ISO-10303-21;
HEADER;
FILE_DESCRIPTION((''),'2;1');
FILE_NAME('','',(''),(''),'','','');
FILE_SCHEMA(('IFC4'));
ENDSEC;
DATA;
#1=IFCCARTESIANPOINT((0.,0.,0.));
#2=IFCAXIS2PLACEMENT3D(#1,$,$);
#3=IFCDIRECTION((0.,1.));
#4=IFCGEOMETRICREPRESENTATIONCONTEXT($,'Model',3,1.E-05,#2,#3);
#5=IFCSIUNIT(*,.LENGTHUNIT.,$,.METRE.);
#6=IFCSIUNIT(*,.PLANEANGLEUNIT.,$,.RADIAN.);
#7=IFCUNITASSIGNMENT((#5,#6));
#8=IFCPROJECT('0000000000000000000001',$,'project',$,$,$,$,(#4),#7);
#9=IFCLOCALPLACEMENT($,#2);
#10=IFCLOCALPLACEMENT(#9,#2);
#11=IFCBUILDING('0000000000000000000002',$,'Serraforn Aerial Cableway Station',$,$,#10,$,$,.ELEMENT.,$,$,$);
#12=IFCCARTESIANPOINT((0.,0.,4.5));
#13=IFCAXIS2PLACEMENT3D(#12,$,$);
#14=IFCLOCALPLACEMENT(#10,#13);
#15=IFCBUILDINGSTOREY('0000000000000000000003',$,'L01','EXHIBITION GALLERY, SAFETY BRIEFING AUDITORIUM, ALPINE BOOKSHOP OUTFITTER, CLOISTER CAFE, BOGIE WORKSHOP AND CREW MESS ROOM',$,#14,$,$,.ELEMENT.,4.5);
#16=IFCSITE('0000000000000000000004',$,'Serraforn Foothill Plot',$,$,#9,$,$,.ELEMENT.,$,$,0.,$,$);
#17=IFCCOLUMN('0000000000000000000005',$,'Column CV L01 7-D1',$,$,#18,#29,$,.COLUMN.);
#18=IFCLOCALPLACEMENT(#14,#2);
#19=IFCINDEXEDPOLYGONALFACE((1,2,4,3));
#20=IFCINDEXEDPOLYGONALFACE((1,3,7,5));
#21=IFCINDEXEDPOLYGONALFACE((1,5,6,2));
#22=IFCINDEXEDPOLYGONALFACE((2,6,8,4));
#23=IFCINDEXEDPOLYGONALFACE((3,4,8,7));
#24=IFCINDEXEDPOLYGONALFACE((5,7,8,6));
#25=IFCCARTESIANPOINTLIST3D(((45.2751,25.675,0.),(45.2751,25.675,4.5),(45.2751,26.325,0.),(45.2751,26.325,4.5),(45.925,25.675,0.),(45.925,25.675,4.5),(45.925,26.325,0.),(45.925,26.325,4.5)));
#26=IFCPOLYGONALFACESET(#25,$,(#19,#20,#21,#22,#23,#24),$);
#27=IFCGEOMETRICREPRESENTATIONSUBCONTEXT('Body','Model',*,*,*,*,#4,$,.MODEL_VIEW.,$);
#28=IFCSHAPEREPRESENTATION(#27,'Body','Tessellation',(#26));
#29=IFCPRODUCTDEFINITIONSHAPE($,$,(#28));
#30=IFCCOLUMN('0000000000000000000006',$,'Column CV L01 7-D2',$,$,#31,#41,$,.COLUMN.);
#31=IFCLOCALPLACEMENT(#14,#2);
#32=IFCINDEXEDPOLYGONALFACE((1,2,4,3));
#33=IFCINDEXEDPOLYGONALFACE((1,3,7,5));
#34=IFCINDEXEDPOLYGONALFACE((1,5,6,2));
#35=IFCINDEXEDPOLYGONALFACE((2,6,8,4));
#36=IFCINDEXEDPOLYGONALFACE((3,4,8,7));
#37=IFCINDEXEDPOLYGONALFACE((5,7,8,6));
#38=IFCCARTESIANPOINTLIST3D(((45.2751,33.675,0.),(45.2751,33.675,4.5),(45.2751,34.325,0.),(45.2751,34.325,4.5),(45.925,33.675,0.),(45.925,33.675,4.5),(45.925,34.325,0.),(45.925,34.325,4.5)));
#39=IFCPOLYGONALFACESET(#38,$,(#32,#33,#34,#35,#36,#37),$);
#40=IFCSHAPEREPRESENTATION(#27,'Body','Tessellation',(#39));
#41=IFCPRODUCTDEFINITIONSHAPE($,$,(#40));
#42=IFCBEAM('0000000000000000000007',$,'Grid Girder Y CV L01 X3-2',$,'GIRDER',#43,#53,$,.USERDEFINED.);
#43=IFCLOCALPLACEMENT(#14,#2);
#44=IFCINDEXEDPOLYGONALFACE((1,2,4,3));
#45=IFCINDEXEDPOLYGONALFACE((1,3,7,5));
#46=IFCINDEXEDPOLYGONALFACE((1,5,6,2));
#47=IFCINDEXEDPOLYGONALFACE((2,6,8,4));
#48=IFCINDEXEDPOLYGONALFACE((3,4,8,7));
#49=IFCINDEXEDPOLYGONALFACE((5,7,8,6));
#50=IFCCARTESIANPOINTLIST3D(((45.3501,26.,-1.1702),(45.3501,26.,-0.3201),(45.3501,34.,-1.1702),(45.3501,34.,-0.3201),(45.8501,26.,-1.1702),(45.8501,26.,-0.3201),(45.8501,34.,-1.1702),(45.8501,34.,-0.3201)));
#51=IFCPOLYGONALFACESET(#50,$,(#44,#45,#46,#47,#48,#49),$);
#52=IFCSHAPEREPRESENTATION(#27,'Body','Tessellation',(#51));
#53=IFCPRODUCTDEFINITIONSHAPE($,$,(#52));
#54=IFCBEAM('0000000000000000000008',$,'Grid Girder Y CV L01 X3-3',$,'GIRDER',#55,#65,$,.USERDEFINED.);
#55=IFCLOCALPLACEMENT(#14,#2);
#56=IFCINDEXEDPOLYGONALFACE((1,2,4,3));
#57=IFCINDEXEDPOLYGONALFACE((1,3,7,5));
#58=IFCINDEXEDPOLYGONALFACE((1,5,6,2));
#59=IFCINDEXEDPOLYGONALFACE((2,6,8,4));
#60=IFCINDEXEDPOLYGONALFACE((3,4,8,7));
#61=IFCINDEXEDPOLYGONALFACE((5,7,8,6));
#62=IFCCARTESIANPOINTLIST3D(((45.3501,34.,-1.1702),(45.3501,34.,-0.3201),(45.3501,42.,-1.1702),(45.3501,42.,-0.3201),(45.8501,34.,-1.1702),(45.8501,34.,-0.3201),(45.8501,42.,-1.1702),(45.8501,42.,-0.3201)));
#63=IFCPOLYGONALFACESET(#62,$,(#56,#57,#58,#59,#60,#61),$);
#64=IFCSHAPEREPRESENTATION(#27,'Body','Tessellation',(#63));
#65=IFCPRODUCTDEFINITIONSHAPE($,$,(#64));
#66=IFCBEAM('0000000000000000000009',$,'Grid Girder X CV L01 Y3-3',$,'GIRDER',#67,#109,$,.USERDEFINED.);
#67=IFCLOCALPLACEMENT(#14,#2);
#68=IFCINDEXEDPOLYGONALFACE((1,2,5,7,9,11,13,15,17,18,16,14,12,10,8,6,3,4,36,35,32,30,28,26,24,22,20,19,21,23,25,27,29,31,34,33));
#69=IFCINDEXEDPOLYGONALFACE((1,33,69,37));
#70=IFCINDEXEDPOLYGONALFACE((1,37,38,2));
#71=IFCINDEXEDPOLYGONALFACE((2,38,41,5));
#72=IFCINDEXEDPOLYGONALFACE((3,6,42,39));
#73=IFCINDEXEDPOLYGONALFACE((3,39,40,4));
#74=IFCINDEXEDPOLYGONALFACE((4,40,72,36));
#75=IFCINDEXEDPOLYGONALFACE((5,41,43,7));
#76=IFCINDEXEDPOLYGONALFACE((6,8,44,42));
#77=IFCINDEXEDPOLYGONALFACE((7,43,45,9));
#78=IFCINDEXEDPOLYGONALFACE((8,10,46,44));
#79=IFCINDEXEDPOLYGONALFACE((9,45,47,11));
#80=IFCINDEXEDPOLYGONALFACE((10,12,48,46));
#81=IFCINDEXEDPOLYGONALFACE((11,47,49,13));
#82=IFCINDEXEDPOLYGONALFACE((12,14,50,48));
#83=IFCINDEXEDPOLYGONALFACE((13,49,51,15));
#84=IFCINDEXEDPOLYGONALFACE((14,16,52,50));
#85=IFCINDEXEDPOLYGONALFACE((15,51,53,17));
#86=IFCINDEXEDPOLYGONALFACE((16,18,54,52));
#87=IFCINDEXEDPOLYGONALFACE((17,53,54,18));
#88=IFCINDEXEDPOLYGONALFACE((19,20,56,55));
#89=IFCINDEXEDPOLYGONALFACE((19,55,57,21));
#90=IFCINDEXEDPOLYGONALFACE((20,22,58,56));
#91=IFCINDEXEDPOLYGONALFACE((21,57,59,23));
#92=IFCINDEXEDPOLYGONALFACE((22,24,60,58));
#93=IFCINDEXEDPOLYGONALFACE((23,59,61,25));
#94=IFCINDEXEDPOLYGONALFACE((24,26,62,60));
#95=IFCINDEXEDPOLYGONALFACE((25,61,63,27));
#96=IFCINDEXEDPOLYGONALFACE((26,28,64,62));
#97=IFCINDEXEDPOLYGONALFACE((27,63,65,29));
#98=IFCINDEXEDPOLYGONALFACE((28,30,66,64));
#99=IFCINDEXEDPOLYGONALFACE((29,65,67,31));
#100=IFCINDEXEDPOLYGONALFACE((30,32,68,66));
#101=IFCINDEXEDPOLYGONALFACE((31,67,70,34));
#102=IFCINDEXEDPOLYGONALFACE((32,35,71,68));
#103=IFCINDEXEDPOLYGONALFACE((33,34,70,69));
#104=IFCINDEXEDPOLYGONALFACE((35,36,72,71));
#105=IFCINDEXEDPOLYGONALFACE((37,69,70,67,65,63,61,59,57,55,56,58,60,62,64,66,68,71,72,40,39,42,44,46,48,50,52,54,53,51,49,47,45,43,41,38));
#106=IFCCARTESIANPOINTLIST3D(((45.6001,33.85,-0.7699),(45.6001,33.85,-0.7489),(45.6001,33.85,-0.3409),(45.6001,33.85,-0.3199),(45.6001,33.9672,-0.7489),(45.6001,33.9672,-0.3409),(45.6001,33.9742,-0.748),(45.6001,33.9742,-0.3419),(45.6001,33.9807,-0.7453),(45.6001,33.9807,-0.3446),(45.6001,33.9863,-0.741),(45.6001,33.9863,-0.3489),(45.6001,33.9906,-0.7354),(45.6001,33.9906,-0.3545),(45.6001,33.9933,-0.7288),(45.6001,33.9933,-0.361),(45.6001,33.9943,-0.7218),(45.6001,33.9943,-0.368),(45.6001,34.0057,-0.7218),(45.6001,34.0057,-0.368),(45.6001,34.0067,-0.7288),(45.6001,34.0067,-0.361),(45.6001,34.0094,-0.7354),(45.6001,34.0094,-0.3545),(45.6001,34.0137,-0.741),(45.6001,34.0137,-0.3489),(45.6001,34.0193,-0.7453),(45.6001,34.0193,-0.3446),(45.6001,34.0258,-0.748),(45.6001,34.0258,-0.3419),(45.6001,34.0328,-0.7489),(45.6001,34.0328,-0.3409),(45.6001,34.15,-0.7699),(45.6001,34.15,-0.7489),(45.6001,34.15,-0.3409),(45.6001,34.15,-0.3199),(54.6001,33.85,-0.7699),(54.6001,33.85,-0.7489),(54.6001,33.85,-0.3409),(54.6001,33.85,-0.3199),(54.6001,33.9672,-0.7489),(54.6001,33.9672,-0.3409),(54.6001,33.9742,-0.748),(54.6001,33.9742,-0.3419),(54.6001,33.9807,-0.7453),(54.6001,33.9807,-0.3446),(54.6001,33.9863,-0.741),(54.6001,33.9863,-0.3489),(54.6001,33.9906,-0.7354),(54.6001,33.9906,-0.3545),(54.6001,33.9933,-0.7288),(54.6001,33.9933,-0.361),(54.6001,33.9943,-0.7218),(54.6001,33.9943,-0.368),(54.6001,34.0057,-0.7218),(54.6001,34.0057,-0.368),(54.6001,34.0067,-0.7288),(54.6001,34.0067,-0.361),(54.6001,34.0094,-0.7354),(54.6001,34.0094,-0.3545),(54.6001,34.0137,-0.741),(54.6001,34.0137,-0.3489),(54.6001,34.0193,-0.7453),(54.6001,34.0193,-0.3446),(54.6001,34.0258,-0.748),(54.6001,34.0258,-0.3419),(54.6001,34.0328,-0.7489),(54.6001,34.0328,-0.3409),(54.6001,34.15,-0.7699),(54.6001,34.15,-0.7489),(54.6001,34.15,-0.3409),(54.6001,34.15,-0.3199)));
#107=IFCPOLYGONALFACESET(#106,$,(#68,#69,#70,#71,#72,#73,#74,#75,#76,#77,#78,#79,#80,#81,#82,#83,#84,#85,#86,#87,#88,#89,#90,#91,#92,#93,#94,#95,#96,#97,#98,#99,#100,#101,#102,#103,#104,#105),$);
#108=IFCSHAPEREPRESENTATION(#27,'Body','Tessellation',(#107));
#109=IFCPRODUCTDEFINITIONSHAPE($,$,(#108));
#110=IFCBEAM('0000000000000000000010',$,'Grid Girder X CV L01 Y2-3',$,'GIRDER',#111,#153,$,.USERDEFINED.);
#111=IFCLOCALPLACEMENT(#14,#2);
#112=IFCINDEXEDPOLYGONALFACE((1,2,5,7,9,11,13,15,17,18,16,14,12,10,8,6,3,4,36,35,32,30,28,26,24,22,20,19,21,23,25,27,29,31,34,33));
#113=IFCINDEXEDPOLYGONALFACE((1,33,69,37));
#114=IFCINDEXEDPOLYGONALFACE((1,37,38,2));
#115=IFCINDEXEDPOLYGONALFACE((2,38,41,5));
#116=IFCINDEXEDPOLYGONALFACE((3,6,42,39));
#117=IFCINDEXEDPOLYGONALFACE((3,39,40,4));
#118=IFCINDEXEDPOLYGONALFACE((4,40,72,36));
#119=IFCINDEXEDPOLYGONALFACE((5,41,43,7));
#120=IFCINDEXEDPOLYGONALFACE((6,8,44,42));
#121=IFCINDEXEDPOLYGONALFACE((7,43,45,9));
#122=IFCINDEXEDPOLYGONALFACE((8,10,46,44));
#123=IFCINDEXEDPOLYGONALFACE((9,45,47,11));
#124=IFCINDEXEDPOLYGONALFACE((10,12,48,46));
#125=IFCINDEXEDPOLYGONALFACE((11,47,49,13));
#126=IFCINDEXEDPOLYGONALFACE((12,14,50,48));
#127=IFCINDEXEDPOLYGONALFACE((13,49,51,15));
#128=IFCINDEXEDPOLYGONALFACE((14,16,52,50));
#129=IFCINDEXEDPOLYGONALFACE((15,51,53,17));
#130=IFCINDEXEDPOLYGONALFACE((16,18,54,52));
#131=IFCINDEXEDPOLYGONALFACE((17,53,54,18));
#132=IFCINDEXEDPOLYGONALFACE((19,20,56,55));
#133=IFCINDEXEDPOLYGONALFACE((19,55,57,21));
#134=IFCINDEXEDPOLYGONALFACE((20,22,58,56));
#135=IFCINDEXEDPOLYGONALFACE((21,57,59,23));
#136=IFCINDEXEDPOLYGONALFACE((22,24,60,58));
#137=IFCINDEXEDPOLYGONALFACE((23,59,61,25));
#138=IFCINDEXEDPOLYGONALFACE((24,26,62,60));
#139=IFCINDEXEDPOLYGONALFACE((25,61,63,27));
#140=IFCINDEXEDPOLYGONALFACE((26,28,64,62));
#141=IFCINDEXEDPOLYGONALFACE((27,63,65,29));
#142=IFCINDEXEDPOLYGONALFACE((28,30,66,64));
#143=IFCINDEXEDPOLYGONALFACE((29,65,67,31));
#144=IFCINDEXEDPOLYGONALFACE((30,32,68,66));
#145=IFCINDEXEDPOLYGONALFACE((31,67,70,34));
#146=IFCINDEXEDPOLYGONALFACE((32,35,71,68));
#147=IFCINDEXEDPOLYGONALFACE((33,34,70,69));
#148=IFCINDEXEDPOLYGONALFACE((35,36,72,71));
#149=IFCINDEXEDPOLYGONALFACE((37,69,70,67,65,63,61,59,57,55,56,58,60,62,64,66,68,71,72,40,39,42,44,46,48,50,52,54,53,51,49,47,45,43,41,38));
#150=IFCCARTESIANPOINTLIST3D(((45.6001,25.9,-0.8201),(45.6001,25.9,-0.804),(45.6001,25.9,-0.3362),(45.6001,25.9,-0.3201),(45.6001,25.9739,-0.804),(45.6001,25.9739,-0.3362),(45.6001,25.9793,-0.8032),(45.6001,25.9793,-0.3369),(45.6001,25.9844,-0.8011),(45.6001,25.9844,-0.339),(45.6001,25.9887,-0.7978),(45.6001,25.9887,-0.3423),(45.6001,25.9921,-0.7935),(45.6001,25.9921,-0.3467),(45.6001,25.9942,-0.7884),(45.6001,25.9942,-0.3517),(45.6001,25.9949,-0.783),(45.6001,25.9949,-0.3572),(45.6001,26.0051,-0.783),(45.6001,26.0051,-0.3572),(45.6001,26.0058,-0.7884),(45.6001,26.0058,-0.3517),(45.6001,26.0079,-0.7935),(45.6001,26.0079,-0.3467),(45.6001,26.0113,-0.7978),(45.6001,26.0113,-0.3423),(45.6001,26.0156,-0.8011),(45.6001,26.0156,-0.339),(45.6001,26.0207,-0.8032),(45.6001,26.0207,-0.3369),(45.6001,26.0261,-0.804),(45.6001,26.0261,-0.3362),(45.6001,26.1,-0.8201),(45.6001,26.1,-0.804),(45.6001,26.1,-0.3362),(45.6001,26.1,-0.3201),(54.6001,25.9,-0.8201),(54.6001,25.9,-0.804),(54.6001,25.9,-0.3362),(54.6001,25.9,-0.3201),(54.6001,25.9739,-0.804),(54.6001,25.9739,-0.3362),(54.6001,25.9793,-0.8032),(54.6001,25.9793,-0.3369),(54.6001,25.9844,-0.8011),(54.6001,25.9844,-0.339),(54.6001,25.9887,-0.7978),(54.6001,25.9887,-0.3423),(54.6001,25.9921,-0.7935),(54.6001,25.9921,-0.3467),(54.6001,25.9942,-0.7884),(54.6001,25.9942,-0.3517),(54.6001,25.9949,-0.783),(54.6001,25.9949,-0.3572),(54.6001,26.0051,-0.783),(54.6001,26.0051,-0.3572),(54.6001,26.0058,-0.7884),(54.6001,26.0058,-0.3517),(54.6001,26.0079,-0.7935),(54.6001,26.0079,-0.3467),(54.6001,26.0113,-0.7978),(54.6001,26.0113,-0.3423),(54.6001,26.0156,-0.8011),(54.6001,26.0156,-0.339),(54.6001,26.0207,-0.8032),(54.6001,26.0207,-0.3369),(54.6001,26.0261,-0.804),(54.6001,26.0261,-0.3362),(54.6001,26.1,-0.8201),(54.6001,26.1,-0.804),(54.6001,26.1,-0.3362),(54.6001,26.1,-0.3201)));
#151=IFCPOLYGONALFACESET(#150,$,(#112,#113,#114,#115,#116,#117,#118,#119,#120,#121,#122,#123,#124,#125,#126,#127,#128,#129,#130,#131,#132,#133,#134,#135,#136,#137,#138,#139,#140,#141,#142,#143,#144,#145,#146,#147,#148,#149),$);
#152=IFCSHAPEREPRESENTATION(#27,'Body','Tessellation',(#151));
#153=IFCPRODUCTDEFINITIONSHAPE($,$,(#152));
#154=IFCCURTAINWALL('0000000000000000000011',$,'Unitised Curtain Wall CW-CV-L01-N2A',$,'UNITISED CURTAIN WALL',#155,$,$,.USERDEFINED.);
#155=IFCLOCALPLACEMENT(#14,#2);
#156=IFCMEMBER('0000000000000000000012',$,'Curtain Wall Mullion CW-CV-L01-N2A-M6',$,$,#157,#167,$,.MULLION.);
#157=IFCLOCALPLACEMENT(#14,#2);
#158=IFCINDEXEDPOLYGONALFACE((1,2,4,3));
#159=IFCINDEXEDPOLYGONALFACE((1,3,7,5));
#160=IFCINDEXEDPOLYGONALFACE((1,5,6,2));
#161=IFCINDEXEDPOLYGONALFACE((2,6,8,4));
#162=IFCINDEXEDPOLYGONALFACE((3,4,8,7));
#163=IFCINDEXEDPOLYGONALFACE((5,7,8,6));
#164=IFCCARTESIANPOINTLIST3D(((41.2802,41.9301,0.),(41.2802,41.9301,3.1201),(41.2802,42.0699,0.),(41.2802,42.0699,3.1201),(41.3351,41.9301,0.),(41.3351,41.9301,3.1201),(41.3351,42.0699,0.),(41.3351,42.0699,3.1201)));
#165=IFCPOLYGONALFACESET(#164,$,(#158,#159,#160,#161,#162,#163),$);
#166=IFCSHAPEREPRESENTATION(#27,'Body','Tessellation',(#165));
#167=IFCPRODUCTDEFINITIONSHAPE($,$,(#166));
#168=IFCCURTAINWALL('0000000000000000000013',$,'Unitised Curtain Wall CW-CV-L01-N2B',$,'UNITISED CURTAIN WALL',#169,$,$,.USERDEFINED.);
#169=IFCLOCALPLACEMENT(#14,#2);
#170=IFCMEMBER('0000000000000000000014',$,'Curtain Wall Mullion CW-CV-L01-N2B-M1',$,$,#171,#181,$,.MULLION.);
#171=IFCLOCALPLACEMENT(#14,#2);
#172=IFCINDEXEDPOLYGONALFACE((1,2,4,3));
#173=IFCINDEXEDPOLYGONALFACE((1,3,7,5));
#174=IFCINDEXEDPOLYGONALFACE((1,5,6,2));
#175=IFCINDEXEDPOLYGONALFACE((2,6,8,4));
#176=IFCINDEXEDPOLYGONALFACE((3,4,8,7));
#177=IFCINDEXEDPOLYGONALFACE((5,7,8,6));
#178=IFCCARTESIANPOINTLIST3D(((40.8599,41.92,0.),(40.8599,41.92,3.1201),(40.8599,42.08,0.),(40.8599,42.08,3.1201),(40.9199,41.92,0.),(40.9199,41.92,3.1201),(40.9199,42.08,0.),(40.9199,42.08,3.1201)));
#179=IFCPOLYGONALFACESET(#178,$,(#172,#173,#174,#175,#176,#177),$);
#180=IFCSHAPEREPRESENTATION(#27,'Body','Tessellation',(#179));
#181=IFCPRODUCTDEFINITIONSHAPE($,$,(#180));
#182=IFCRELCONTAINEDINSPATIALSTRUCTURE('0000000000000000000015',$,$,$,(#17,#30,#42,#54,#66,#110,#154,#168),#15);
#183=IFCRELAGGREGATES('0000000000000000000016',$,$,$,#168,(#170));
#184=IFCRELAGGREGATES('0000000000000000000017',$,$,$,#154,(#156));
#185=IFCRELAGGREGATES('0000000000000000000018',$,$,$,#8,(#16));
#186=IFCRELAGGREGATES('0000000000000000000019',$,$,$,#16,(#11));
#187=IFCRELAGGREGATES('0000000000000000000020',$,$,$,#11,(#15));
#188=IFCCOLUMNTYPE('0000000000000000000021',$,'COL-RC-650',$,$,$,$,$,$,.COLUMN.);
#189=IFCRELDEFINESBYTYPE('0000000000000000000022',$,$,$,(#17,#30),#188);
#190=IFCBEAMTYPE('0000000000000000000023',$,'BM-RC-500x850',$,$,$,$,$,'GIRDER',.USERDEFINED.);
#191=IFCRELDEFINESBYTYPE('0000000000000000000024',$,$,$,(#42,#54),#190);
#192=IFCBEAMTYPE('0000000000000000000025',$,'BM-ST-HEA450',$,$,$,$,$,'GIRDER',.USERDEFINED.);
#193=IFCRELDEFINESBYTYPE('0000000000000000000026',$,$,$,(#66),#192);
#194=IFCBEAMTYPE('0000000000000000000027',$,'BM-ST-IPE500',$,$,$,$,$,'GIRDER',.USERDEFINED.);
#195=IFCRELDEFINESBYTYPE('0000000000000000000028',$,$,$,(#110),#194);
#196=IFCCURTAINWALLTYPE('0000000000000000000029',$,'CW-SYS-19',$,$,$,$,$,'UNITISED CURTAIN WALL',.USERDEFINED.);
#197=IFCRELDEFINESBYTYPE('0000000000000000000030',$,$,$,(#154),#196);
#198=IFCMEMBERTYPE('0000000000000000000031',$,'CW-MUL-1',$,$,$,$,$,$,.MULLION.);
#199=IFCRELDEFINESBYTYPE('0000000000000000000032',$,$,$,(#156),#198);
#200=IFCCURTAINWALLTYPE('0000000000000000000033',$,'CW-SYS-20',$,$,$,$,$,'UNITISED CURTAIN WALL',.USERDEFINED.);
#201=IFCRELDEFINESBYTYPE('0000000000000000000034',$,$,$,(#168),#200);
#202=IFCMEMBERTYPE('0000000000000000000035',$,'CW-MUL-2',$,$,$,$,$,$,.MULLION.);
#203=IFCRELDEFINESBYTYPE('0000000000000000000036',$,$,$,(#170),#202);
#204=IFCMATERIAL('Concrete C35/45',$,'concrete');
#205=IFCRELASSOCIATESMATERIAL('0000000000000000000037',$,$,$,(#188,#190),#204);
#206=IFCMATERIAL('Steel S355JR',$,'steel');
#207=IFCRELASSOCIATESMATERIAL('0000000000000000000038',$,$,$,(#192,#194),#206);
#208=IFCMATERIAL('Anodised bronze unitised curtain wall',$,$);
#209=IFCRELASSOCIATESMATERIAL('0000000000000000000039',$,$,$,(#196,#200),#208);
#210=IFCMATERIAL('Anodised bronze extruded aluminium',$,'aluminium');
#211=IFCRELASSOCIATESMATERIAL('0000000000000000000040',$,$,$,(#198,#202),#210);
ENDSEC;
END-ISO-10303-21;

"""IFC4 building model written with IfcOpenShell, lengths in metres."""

from ifc_helpers import new_model, si_unit, direction, frame, origin, origin_2d, place, context, subcontext, project, spatial, rectangle, i_section, extrude, material, material_profile, profile_set, type_object, element, aggregate, save


model = new_model("IFC4")

# Units and contexts
model_context = context("Model", 3, precision=1e-05, world=origin(), true_north=direction((0.0, 1.0)))
body_context = subcontext(model_context, "Body", "Model", "MODEL_VIEW")
ifc_project = project(units=[si_unit("LENGTHUNIT", "METRE"), si_unit("PLANEANGLEUNIT", "RADIAN")], contexts=[model_context])

# Site, building, storey
site_placement = place(None, origin())
site = spatial("IfcSite", under=ifc_project, at=site_placement, Name="Serraforn Foothill Plot", CompositionType="ELEMENT", RefElevation=0.0)
building_placement = place(site_placement, origin())
building = spatial("IfcBuilding", under=site, at=building_placement, Name="Serraforn Aerial Cableway Station", CompositionType="ELEMENT")
storey_placement = place(building_placement, frame((0.0, 0.0, 4.5)))
storey = spatial("IfcBuildingStorey", under=building, at=storey_placement, Name="L01", Description="EXHIBITION GALLERY, SAFETY BRIEFING AUDITORIUM, ALPINE BOOKSHOP OUTFITTER, CLOISTER CAFE, BOGIE WORKSHOP AND CREW MESS ROOM", CompositionType="ELEMENT", Elevation=4.5)

# Columns
ifc_material_1 = material(Name="Concrete C35/45", Category="concrete")
ifc_material_profile_1 = material_profile(ifc_material_1, rectangle(XDim=0.6499, YDim=0.6499, at=origin_2d()), Name="RC 650x650")
ifc_profile_set_1 = profile_set([ifc_material_profile_1], Name="Concrete C35/45")
column_type = type_object("IfcColumnType", Name="COL-RC-650", PredefinedType="COLUMN", material=ifc_profile_set_1)
for number, where, z_axis, x_axis, name in (
    (1, (45.6001, 26.0, 0.0), (0.0, 0.0, 1.0), (1.0, 0.0, 0.0), "Column CV L01 7-D1"),
    (2, (45.6001, 34.0, 0.0), (0.0, 0.0, 1.0), (1.0, 0.0, 0.0), "Column CV L01 7-D2"),
):
    element("IfcColumn", number, at=place(storey_placement, frame(where, z_axis=z_axis, x_axis=x_axis)), inside=storey, type_object=column_type, Name=name, PredefinedType="COLUMN", context=body_context, shape_type="SweptSolid", body=[
        extrude(rectangle(XDim=0.6499, YDim=0.6499, at=origin_2d()), origin(), (0.0, 0.0, 1.0), 4.5),
    ])

# Beams
ifc_material_profile_2 = material_profile(ifc_material_1, rectangle(XDim=0.5, YDim=0.8501, at=origin_2d()), Name="RC 500x850")
ifc_profile_set_2 = profile_set([ifc_material_profile_2], Name="Concrete C35/45")
beam_type_1 = type_object("IfcBeamType", Name="BM-RC-500x850", ElementType="GIRDER", PredefinedType="USERDEFINED", material=ifc_profile_set_2)
for number, where, z_axis, x_axis, name in (
    (3, (45.6001, 26.0, -0.7451), (0.0, 1.0, 0.0), (-1.0, 0.0, 0.0), "Grid Girder Y CV L01 X3-2"),
    (4, (45.6001, 34.0, -0.7451), (0.0, 1.0, 0.0), (-1.0, 0.0, 0.0), "Grid Girder Y CV L01 X3-3"),
):
    element("IfcBeam", number, at=place(storey_placement, frame(where, z_axis=z_axis, x_axis=x_axis)), inside=storey, type_object=beam_type_1, Name=name, ObjectType="GIRDER", PredefinedType="USERDEFINED", context=body_context, shape_type="SweptSolid", body=[
        extrude(rectangle(XDim=0.5, YDim=0.8501, at=origin_2d()), origin(), (0.0, 0.0, 1.0), 8.0),
    ])
ifc_material_2 = material(Name="Steel S355JR", Category="steel")
ifc_material_profile_3 = material_profile(ifc_material_2, i_section(OverallWidth=0.3, OverallDepth=0.45, WebThickness=0.0115, FlangeThickness=0.021, FilletRadius=0.0271, at=origin_2d()), Name="HEA 450")
ifc_profile_set_3 = profile_set([ifc_material_profile_3], Name="Steel S355JR")
beam_type_2 = type_object("IfcBeamType", Name="BM-ST-HEA450", ElementType="GIRDER", PredefinedType="USERDEFINED", material=ifc_profile_set_3)
beam_1_placement = place(storey_placement, frame((45.6001, 34.0, -0.5449), z_axis=(1.0, 0.0, 0.0), x_axis=(0.0, 1.0, 0.0)))
element("IfcBeam", 5, at=beam_1_placement, inside=storey, type_object=beam_type_2, Name="Grid Girder X CV L01 Y3-3", ObjectType="GIRDER", PredefinedType="USERDEFINED", context=body_context, shape_type="SweptSolid", body=[
    extrude(i_section(OverallWidth=0.3, OverallDepth=0.45, WebThickness=0.0115, FlangeThickness=0.021, FilletRadius=0.0271, at=origin_2d()), origin(), (0.0, 0.0, 1.0), 9.0),
])
ifc_material_profile_4 = material_profile(ifc_material_2, i_section(OverallWidth=0.2, OverallDepth=0.5, WebThickness=0.0103, FlangeThickness=0.0161, FilletRadius=0.021, at=origin_2d()), Name="IPE 500")
ifc_profile_set_4 = profile_set([ifc_material_profile_4], Name="Steel S355JR")
beam_type_3 = type_object("IfcBeamType", Name="BM-ST-IPE500", ElementType="GIRDER", PredefinedType="USERDEFINED", material=ifc_profile_set_4)
beam_2_placement = place(storey_placement, frame((45.6001, 26.0, -0.5701), z_axis=(1.0, 0.0, 0.0), x_axis=(0.0, 1.0, 0.0)))
element("IfcBeam", 6, at=beam_2_placement, inside=storey, type_object=beam_type_3, Name="Grid Girder X CV L01 Y2-3", ObjectType="GIRDER", PredefinedType="USERDEFINED", context=body_context, shape_type="SweptSolid", body=[
    extrude(i_section(OverallWidth=0.2, OverallDepth=0.5, WebThickness=0.0103, FlangeThickness=0.0161, FilletRadius=0.021, at=origin_2d()), origin(), (0.0, 0.0, 1.0), 9.0),
])

# Curtain walls, members
ifc_material_3 = material(Name="Anodised bronze unitised curtain wall")
curtain_wall_type_1 = type_object("IfcCurtainWallType", Name="CW-SYS-19", ElementType="UNITISED CURTAIN WALL", PredefinedType="USERDEFINED", material=ifc_material_3)
curtain_wall_1_placement = place(storey_placement, origin())
curtain_wall_1 = element("IfcCurtainWall", 7, at=curtain_wall_1_placement, inside=storey, type_object=curtain_wall_type_1, Name="Unitised Curtain Wall CW-CV-L01-N2A", ObjectType="UNITISED CURTAIN WALL", PredefinedType="USERDEFINED")
ifc_material_4 = material(Name="Anodised bronze extruded aluminium", Category="aluminium")
ifc_material_profile_5 = material_profile(ifc_material_4, rectangle(XDim=0.0549, YDim=0.1399, at=origin_2d()), Name="CW MULLION 55x140")
ifc_profile_set_5 = profile_set([ifc_material_profile_5], Name="Anodised bronze extruded aluminium")
member_type_1 = type_object("IfcMemberType", Name="CW-MUL-1", PredefinedType="MULLION", material=ifc_profile_set_5)
member_1_placement = place(storey_placement, frame((41.3076, 42.0, 0.0), z_axis=(0.0, 0.0, 1.0), x_axis=(-1.0, 0.0, 0.0)))
member_1 = element("IfcMember", 8, at=member_1_placement, type_object=member_type_1, Name="Curtain Wall Mullion CW-CV-L01-N2A-M6", PredefinedType="MULLION", context=body_context, shape_type="SweptSolid", body=[
    extrude(rectangle(XDim=0.0549, YDim=0.1399, at=origin_2d()), origin(), (0.0, 0.0, 1.0), 3.1201),
])
curtain_wall_type_2 = type_object("IfcCurtainWallType", Name="CW-SYS-20", ElementType="UNITISED CURTAIN WALL", PredefinedType="USERDEFINED", material=ifc_material_3)
curtain_wall_2_placement = place(storey_placement, origin())
curtain_wall_2 = element("IfcCurtainWall", 9, at=curtain_wall_2_placement, inside=storey, type_object=curtain_wall_type_2, Name="Unitised Curtain Wall CW-CV-L01-N2B", ObjectType="UNITISED CURTAIN WALL", PredefinedType="USERDEFINED")
ifc_material_profile_6 = material_profile(ifc_material_4, rectangle(XDim=0.0601, YDim=0.1599, at=origin_2d()), Name="CW MULLION 60x160")
ifc_profile_set_6 = profile_set([ifc_material_profile_6], Name="Anodised bronze extruded aluminium")
member_type_2 = type_object("IfcMemberType", Name="CW-MUL-2", PredefinedType="MULLION", material=ifc_profile_set_6)
member_2_placement = place(storey_placement, frame((40.8899, 42.0, 0.0), z_axis=(0.0, 0.0, 1.0), x_axis=(-1.0, 0.0, 0.0)))
member_2 = element("IfcMember", 10, at=member_2_placement, type_object=member_type_2, Name="Curtain Wall Mullion CW-CV-L01-N2B-M1", PredefinedType="MULLION", context=body_context, shape_type="SweptSolid", body=[
    extrude(rectangle(XDim=0.0601, YDim=0.1599, at=origin_2d()), origin(), (0.0, 0.0, 1.0), 3.1201),
])

aggregate(curtain_wall_2, [member_2])

aggregate(curtain_wall_1, [member_1])

save(model, "model.ifc")
